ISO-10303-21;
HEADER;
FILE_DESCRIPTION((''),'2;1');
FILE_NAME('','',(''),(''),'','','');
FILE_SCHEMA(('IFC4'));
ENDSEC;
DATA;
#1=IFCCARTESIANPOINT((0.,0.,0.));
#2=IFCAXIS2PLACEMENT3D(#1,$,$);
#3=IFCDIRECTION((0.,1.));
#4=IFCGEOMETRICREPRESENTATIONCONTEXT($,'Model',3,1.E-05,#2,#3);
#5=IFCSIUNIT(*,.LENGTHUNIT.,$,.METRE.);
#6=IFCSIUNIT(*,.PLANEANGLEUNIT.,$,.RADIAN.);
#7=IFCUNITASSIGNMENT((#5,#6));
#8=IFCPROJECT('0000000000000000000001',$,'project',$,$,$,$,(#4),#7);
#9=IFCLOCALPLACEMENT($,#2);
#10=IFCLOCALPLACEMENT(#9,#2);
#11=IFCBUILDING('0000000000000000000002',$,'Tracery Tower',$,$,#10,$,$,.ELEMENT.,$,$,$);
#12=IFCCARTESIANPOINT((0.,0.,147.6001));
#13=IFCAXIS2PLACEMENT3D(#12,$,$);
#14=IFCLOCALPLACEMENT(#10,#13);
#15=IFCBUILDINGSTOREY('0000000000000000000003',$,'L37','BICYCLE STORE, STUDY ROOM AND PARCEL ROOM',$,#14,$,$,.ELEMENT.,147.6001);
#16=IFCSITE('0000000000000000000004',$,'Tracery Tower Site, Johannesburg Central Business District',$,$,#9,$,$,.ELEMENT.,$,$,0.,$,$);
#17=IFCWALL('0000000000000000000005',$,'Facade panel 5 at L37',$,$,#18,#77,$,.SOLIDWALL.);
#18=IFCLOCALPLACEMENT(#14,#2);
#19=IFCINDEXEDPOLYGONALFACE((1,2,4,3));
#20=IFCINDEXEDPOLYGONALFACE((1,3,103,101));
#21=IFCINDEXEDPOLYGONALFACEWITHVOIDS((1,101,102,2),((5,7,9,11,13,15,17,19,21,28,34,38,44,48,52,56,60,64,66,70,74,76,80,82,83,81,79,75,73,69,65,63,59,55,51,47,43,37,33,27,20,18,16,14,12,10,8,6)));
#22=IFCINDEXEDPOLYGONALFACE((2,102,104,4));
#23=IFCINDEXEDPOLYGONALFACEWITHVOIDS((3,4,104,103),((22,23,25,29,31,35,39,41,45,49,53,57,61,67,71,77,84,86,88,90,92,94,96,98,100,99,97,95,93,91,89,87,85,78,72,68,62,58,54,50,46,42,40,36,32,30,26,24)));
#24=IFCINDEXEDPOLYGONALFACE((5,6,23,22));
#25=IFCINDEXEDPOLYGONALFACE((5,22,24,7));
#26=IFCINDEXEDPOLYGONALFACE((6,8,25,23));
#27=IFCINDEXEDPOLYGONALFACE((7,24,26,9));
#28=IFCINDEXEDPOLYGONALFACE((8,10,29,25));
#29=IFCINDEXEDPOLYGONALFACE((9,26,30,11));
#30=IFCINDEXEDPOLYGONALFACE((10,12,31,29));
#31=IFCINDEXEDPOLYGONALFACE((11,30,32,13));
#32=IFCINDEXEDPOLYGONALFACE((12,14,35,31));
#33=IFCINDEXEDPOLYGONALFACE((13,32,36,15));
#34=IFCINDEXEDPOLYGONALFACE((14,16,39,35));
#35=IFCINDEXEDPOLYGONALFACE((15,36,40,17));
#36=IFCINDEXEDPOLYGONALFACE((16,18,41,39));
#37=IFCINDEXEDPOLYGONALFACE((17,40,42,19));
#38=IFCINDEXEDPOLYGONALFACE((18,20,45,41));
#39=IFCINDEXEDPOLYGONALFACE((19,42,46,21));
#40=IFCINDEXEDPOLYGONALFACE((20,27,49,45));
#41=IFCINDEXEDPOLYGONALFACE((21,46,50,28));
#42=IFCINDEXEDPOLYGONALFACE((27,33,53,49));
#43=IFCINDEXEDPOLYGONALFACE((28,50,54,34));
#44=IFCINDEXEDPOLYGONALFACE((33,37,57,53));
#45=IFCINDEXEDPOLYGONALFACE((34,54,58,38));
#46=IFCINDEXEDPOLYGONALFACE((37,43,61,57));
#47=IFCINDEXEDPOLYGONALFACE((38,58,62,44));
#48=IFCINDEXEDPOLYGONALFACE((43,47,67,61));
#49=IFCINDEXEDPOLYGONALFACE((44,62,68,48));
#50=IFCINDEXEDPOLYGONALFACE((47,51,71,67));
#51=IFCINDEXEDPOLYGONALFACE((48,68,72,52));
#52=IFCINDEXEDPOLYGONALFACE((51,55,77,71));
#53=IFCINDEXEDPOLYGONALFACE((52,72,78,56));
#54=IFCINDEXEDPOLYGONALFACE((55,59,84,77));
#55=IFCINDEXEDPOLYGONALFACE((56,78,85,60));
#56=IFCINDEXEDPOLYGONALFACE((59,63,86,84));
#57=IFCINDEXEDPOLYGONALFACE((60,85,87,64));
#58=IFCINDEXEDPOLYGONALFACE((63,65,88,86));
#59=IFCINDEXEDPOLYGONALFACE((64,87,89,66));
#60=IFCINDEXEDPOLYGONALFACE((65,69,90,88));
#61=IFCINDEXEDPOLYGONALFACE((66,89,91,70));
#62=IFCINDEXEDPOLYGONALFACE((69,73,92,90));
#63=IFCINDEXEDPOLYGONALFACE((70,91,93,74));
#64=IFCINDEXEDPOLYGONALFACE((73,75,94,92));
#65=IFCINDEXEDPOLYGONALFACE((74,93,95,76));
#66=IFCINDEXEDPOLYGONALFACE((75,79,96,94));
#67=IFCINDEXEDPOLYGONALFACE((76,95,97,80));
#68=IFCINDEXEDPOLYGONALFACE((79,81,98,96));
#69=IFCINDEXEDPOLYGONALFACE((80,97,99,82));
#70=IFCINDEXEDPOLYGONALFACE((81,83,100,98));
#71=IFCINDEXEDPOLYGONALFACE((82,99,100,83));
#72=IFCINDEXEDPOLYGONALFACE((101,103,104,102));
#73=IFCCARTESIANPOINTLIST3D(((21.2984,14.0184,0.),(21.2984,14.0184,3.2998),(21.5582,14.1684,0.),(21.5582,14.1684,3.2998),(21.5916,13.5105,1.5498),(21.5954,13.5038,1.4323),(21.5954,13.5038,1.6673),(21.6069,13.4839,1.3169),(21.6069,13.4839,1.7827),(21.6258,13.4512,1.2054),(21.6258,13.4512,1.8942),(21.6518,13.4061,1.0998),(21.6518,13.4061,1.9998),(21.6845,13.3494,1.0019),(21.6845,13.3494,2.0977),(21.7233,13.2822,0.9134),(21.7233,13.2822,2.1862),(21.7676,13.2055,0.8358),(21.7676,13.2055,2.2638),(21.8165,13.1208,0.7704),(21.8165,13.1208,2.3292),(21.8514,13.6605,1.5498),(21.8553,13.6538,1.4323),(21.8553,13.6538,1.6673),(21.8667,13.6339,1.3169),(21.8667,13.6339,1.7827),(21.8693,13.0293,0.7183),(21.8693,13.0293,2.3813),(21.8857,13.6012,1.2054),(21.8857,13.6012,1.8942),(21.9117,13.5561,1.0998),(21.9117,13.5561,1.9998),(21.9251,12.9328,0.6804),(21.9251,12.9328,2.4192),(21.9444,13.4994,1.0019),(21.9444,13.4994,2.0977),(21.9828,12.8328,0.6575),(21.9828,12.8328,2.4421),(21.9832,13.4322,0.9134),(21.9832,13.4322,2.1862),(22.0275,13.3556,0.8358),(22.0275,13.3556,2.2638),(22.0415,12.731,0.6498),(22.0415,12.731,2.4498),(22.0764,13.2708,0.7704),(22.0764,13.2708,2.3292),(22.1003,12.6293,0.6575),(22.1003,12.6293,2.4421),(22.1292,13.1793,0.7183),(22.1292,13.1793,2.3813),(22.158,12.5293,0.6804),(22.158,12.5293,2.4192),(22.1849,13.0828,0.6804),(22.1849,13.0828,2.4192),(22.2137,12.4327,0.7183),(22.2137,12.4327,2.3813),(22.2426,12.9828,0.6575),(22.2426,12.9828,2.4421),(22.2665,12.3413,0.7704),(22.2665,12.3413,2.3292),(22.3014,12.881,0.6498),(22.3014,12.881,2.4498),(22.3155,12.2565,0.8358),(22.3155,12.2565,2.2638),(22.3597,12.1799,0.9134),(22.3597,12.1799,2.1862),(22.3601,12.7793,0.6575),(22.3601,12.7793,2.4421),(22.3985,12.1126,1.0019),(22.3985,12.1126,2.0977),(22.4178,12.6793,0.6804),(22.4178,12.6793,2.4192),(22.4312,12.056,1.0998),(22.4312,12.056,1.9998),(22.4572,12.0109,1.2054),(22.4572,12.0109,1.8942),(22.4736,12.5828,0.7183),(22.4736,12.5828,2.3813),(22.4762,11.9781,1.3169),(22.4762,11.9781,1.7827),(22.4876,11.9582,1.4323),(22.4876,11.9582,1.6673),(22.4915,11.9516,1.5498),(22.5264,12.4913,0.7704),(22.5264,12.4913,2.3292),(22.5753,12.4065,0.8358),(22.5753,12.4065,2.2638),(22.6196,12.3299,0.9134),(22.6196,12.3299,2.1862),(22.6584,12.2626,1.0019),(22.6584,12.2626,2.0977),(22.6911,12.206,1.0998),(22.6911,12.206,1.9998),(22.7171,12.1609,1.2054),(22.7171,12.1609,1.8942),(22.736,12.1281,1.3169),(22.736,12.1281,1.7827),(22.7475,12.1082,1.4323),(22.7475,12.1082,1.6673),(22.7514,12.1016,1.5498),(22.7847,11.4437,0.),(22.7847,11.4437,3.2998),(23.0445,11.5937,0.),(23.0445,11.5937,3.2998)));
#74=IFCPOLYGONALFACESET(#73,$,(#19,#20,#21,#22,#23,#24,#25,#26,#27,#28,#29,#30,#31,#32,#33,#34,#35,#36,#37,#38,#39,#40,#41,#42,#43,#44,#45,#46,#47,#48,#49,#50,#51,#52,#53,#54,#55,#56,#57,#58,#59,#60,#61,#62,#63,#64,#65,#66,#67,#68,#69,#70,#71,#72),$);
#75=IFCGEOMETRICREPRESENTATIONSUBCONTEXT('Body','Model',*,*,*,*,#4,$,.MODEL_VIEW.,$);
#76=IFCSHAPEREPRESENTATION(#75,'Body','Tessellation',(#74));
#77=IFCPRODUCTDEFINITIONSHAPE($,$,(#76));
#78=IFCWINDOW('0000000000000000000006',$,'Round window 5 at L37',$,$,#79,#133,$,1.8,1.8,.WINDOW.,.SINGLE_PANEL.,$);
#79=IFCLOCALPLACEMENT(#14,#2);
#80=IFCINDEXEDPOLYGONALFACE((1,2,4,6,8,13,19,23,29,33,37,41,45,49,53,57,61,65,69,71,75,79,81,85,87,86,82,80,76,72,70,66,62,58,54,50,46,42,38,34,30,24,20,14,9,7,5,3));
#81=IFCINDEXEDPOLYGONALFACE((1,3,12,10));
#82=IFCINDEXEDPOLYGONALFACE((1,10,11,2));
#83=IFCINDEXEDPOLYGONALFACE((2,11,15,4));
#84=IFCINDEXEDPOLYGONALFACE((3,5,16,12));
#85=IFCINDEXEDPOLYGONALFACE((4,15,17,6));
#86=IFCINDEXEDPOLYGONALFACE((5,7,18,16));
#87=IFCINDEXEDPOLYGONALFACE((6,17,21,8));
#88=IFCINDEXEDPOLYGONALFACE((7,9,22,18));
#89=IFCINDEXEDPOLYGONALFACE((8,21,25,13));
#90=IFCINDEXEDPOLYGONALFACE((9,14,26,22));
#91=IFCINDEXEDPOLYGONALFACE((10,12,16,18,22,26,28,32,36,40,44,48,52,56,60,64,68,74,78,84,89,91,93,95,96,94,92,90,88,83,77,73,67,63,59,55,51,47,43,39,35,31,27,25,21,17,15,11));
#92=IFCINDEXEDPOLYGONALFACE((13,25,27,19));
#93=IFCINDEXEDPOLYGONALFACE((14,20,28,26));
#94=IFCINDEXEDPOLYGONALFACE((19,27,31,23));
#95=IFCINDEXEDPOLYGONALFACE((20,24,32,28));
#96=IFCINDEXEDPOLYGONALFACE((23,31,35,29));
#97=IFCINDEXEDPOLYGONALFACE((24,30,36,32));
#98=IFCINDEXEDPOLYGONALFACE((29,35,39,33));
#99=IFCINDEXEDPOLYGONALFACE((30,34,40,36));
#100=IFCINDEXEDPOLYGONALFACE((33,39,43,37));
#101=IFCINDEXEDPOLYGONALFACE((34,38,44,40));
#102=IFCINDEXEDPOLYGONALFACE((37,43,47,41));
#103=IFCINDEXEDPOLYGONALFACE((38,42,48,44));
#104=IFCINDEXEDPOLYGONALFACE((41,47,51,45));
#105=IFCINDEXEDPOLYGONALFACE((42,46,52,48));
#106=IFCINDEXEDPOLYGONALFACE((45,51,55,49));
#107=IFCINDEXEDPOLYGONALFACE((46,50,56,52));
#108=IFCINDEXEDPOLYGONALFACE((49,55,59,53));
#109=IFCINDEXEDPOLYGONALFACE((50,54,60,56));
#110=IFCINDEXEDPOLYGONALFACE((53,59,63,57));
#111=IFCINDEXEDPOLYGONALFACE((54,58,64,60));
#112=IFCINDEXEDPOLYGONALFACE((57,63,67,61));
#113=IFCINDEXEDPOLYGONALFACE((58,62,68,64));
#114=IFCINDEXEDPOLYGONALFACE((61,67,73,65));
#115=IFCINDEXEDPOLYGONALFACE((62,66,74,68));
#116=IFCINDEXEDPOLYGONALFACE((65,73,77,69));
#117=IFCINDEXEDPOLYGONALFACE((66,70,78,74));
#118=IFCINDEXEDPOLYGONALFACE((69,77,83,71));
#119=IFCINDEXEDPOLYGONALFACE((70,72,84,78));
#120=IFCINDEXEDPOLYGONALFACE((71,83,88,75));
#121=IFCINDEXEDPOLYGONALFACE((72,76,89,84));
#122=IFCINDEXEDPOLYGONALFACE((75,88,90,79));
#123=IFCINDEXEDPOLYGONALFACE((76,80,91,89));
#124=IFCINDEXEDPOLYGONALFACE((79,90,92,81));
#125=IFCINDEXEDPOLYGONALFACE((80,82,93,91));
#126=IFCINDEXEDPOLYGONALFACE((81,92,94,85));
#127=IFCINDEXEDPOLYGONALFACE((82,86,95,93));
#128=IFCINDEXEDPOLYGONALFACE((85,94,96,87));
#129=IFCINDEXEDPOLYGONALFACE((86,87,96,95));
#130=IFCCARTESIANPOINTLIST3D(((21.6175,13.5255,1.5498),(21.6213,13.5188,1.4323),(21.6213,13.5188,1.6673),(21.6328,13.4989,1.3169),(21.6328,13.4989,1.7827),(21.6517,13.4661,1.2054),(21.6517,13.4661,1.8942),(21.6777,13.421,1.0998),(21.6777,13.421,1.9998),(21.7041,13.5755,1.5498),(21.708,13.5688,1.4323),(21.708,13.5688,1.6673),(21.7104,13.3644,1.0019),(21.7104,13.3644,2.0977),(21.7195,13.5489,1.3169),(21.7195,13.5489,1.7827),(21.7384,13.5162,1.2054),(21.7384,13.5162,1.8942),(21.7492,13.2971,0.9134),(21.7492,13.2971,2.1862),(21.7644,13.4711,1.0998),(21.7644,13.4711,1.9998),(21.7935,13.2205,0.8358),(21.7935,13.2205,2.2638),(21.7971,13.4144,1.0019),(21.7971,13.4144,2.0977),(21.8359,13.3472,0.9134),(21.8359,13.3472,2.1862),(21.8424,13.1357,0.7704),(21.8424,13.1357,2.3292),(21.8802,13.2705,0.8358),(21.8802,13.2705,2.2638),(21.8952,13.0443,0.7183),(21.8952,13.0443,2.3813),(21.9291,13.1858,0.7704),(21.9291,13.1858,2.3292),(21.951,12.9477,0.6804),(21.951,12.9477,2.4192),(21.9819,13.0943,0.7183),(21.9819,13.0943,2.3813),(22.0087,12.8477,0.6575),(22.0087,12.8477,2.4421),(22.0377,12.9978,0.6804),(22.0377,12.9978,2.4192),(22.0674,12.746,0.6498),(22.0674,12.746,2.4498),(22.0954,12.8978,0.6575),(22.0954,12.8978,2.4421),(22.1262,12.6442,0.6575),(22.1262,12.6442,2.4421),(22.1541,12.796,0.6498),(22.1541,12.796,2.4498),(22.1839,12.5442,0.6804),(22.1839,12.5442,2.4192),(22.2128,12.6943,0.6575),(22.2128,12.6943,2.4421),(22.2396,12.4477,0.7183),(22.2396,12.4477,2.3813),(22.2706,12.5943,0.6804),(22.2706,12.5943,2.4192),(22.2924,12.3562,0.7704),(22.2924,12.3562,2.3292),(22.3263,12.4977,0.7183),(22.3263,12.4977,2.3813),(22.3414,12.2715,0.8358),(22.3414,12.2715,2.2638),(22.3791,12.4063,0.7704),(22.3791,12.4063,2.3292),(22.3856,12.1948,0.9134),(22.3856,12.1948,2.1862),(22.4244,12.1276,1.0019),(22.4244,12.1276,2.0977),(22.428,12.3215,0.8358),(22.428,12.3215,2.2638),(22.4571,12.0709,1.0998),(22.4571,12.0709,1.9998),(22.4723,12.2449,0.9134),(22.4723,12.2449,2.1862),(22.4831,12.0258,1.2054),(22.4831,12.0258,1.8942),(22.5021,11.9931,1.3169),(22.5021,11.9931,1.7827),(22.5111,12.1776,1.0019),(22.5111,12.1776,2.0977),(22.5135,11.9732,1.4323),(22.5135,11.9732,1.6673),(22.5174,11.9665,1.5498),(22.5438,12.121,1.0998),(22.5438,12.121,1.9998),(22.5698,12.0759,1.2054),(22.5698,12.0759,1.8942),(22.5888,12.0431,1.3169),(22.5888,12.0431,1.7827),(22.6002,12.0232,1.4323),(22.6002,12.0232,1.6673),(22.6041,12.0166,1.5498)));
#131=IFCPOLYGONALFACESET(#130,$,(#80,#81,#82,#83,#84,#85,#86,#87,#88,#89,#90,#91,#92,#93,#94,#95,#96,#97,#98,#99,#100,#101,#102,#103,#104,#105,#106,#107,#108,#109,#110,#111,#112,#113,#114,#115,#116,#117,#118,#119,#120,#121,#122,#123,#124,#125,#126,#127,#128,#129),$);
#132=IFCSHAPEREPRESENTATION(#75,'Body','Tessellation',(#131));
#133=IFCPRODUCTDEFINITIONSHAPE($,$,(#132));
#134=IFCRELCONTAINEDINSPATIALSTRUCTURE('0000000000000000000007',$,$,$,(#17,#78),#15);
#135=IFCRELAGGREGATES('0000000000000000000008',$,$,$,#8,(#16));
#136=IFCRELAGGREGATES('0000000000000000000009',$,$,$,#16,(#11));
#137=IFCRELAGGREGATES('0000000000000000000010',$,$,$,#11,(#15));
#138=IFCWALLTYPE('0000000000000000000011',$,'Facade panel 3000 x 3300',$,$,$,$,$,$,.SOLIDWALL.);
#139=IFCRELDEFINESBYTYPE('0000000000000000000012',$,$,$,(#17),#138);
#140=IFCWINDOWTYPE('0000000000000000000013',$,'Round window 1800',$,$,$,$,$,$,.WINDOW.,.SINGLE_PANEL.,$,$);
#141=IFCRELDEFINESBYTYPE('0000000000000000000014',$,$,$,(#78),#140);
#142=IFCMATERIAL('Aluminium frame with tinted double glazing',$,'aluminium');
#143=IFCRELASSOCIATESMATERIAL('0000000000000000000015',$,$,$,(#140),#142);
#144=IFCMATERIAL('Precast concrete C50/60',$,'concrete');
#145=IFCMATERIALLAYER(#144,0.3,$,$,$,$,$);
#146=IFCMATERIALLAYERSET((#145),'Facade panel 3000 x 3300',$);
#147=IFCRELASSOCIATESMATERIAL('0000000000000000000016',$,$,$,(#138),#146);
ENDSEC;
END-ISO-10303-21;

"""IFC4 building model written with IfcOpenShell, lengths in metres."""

from ifc_helpers import new_model, si_unit, direction, frame, frame_2d, origin, origin_2d, place, context, subcontext, project, spatial, rectangle, circle, extrude, material, layer, layer_set, type_object, element, fill, save


model = new_model("IFC4")

# Units and contexts
model_context = context("Model", 3, precision=1e-05, world=origin(), true_north=direction((0.0, 1.0)))
body_context = subcontext(model_context, "Body", "Model", "MODEL_VIEW")
ifc_project = project(units=[si_unit("LENGTHUNIT", "METRE"), si_unit("PLANEANGLEUNIT", "RADIAN")], contexts=[model_context])

# Site, building, storey
site_placement = place(None, origin())
site = spatial("IfcSite", under=ifc_project, at=site_placement, Name="Tracery Tower Site, Johannesburg Central Business District", CompositionType="ELEMENT", RefElevation=0.0)
building_placement = place(site_placement, origin())
building = spatial("IfcBuilding", under=site, at=building_placement, Name="Tracery Tower", CompositionType="ELEMENT")
storey_placement = place(building_placement, frame((0.0, 0.0, 147.6001)))
storey = spatial("IfcBuildingStorey", under=building, at=storey_placement, Name="L37", Description="BICYCLE STORE, STUDY ROOM AND PARCEL ROOM", CompositionType="ELEMENT", Elevation=147.6001)

# Wall, opening, window
ifc_material_1 = material(Name="Aluminium frame with tinted double glazing", Category="aluminium")
window_type = type_object("IfcWindowType", Name="Round window 1800", PartitioningType="SINGLE_PANEL", PredefinedType="WINDOW", material=ifc_material_1)
ifc_material_2 = material(Name="Precast concrete C50/60", Category="concrete")
ifc_layer_1 = layer(ifc_material_2, 0.3)
ifc_layer_set_1 = layer_set([ifc_layer_1], Name="Facade panel 3000 x 3300")
wall_type_1 = type_object("IfcWallType", Name="Facade panel 3000 x 3300", PredefinedType="SOLIDWALL", material=ifc_layer_set_1)
wall_1_placement = place(storey_placement, frame((22.9146, 11.5188, 0.0), z_axis=(0.0, 0.0, 1.0), x_axis=(-0.499955, 0.866052, 0.0)))
wall_1 = element("IfcWall", 1, at=wall_1_placement, inside=storey, type_object=wall_type_1, Name="Facade panel 5 at L37", PredefinedType="SOLIDWALL", context=body_context, shape_type="SweptSolid", body=[
    extrude(rectangle(XDim=2.9729, YDim=0.3, at=frame_2d((1.4863, 0.0))), origin(), (0.0, 0.0, 1.0), 3.2998),
])
opening_1_placement = place(wall_1_placement, frame((1.4863, 0.0, 1.5498)))
opening_1 = element("IfcOpeningElement", 2, at=opening_1_placement, cuts=wall_1, PredefinedType="OPENING", context=body_context, shape_type="SweptSolid", body=[
    extrude(circle(Radius=0.9, at=origin_2d()), frame((0.0, 0.1599, 0.0), z_axis=(0.0, -1.0, 0.0), x_axis=(1.0, 0.0, 0.0)), (0.0, 0.0, 1.0), 0.3201),
])
window_1_placement = place(opening_1_placement, origin())
window_1 = element("IfcWindow", 3, at=window_1_placement, inside=storey, type_object=window_type, Name="Round window 5 at L37", OverallHeight=1.8, OverallWidth=1.8, PartitioningType="SINGLE_PANEL", PredefinedType="WINDOW", context=body_context, shape_type="SweptSolid", body=[
    extrude(circle(Radius=0.9, at=origin_2d()), frame((0.0, 0.1201, 0.0), z_axis=(0.0, -1.0, 0.0), x_axis=(1.0, 0.0, 0.0)), (0.0, 0.0, 1.0), 0.1001),
])
fill(opening_1, window_1)

save(model, "model.ifc")
